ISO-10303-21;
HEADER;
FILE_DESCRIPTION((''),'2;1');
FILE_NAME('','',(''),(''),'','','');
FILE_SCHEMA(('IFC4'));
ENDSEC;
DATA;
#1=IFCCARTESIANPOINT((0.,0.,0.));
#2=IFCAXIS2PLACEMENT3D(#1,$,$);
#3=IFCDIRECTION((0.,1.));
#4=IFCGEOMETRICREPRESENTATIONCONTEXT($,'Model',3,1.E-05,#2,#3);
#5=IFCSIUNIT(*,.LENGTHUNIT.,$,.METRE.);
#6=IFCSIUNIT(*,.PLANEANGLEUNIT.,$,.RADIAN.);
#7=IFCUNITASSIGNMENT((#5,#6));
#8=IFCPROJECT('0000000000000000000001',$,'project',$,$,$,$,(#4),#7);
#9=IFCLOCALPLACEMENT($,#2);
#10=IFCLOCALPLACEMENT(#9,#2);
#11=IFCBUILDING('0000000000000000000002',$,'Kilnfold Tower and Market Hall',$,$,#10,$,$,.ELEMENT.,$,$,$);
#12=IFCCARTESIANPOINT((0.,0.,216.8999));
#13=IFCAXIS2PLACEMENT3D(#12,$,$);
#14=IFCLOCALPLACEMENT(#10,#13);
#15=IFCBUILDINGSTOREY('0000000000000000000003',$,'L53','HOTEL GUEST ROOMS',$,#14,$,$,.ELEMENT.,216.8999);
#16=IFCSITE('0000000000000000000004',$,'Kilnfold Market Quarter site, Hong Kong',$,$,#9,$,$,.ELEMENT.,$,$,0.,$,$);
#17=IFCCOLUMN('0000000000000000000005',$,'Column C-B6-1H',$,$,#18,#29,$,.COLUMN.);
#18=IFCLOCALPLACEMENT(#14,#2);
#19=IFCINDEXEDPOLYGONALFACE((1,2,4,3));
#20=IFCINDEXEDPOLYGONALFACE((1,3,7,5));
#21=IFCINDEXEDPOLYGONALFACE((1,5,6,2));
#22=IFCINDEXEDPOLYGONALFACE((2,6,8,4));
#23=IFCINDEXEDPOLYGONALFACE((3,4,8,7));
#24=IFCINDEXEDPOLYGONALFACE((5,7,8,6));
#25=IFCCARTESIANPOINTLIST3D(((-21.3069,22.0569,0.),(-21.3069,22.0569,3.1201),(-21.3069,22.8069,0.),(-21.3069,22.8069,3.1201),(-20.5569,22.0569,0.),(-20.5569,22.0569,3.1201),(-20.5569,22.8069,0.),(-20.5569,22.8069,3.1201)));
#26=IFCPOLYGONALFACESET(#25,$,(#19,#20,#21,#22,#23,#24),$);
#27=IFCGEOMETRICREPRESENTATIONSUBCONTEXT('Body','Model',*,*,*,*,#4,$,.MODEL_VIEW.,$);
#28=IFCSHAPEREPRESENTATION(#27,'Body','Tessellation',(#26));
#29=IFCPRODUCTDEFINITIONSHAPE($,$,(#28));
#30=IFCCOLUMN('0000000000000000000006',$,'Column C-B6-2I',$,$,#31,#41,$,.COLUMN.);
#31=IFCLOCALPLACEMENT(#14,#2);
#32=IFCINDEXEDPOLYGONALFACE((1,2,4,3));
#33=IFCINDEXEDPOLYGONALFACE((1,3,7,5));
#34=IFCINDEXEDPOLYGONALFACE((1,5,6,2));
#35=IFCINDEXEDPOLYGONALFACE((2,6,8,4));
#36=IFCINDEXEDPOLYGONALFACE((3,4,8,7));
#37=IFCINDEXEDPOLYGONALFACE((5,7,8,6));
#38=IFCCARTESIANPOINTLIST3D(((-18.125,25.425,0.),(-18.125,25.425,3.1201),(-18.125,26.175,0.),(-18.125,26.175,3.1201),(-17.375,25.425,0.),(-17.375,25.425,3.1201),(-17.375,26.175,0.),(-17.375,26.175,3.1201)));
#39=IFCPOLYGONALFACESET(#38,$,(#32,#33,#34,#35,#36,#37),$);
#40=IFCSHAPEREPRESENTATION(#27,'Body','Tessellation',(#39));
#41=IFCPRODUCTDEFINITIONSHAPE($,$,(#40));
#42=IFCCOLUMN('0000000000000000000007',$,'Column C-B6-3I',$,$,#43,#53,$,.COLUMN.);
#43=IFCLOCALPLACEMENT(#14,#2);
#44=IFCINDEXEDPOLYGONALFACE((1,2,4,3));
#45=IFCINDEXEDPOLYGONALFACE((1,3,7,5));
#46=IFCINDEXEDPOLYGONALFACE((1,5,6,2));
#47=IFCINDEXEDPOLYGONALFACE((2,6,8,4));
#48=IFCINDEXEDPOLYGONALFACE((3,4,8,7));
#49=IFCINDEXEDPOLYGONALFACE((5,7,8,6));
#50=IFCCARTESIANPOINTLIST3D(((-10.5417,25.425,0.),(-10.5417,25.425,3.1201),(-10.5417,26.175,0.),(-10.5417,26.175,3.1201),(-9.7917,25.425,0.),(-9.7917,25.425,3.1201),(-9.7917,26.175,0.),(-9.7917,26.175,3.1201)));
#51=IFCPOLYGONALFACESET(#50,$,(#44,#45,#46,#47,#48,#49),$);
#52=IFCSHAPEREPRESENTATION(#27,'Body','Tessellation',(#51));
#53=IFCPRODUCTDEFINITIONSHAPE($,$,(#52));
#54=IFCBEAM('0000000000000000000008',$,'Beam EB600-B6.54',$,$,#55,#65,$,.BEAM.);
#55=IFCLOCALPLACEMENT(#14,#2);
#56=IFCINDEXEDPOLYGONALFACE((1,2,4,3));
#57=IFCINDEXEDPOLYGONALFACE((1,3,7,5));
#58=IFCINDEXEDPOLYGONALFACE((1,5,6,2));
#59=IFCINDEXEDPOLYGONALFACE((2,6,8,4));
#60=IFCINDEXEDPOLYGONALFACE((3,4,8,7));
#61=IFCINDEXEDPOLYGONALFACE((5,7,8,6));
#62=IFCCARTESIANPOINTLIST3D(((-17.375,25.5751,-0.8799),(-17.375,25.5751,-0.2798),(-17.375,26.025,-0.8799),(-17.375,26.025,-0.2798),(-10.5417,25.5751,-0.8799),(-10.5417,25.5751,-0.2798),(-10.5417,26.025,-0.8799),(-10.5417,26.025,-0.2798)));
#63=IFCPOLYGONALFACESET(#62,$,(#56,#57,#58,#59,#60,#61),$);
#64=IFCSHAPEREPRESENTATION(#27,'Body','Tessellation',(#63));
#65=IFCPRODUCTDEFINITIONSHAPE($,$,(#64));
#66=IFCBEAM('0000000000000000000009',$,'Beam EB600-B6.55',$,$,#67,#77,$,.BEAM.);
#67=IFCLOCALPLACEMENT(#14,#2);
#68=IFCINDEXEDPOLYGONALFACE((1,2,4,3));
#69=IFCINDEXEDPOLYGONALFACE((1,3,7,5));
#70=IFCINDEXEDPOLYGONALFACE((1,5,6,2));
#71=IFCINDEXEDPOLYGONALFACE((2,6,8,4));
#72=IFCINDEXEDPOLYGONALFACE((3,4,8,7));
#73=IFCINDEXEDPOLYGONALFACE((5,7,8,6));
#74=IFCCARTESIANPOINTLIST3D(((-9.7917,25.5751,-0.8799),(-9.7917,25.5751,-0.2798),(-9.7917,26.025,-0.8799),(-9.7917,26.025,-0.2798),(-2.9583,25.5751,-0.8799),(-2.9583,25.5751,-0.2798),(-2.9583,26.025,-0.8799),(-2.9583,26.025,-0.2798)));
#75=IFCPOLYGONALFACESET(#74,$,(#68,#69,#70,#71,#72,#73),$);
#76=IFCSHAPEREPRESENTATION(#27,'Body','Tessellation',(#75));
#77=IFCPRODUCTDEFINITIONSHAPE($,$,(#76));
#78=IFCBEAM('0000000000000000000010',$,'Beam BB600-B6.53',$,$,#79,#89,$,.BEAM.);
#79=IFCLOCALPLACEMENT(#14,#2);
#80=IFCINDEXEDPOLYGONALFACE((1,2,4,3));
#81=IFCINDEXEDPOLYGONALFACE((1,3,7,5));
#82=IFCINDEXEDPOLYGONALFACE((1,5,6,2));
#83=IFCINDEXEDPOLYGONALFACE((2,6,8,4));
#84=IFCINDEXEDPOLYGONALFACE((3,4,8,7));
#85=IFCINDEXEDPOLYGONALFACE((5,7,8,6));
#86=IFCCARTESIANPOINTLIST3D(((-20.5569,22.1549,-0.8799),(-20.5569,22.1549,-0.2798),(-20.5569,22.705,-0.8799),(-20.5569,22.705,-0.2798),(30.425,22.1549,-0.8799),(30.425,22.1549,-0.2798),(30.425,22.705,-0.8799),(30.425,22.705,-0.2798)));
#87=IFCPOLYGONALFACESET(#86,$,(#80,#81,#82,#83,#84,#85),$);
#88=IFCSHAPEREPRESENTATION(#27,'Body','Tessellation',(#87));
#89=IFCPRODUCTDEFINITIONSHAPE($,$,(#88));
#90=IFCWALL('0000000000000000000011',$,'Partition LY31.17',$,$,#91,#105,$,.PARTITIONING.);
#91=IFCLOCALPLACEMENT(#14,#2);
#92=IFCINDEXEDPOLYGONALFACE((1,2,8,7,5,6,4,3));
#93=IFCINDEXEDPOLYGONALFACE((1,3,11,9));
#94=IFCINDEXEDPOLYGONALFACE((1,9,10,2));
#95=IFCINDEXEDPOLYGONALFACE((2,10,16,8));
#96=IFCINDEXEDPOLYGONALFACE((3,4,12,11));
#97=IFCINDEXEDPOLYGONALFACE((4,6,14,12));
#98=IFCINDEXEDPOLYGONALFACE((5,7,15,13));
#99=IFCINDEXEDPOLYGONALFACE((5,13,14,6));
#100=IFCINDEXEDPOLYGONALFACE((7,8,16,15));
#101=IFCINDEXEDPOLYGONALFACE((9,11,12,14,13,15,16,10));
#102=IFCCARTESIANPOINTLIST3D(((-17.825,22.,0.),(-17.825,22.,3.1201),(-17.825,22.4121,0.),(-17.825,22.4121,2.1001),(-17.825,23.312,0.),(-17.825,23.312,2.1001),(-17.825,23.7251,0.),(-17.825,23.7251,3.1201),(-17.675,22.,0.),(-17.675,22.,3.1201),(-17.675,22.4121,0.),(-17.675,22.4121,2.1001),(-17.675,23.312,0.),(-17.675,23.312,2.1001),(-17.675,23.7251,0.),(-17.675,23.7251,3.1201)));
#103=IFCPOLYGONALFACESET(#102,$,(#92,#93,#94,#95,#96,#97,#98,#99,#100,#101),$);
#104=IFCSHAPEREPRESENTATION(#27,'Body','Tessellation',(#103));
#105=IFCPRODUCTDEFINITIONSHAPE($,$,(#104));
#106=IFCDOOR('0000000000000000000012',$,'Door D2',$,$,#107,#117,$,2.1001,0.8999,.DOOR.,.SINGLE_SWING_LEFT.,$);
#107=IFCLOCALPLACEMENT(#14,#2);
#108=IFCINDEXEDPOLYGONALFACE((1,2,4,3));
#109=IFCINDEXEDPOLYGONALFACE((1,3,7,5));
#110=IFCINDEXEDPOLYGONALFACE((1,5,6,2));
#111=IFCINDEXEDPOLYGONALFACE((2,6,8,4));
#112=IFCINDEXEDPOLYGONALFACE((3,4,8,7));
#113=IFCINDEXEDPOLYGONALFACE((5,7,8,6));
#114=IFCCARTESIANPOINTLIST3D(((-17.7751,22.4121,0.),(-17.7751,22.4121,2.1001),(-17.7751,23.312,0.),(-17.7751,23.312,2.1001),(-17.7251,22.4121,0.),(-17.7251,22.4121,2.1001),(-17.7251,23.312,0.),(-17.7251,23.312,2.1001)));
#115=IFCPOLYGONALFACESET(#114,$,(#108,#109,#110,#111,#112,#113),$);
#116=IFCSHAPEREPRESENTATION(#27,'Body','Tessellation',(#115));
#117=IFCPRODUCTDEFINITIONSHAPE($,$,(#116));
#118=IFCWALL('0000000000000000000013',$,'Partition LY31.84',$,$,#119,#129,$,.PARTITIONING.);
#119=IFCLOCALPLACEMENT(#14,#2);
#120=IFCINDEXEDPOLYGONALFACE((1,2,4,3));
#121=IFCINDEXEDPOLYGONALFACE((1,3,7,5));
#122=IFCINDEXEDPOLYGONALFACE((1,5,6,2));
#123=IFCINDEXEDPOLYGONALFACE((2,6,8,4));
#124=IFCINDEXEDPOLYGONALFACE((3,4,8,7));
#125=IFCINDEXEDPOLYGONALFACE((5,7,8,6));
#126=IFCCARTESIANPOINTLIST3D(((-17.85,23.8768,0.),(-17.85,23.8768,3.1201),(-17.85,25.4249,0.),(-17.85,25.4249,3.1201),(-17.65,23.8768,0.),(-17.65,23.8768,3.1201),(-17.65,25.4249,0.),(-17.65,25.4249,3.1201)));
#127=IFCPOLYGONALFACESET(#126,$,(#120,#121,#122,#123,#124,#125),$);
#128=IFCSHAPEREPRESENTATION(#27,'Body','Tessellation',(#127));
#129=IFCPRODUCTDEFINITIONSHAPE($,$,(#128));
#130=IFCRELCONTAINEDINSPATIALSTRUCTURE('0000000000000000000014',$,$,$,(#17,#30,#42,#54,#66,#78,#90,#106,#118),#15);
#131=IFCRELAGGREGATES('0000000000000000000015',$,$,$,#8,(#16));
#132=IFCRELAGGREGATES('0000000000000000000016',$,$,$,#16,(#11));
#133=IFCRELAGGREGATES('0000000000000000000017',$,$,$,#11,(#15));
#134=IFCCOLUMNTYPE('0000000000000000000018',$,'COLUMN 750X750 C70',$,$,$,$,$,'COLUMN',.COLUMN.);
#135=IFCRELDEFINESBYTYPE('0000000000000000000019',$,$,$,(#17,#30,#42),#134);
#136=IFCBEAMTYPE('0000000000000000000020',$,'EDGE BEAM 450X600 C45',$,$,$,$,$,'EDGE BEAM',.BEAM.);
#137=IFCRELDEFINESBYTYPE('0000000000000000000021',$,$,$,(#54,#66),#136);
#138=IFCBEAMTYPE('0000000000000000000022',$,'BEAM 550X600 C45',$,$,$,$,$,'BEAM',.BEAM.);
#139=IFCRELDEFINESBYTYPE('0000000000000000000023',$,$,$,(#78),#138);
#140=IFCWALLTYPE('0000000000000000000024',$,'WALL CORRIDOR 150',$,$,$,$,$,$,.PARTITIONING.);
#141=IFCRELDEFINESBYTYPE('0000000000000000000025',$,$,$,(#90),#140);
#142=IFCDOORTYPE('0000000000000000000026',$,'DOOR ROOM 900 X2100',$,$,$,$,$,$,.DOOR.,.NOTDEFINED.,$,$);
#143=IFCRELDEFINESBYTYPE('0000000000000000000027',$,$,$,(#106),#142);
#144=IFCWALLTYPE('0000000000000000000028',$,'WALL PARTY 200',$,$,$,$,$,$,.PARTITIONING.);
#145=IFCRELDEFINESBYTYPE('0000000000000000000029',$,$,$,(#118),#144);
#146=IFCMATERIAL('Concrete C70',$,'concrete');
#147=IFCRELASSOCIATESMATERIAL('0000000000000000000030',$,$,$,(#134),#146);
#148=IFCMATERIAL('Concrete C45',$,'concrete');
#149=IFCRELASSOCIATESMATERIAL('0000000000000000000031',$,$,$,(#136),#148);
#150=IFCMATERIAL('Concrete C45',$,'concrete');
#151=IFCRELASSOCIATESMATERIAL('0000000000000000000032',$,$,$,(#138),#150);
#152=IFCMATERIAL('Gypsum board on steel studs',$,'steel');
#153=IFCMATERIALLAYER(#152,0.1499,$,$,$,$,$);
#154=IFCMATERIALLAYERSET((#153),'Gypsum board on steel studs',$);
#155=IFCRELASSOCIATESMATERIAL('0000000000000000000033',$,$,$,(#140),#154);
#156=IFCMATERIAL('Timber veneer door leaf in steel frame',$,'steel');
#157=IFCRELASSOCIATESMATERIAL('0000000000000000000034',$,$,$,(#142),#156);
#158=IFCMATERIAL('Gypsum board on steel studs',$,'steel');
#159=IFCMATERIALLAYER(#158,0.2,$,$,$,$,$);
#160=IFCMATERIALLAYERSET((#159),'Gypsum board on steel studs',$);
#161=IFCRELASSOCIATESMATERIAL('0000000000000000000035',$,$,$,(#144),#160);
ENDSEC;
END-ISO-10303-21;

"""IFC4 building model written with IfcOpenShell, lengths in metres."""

from ifc_helpers import new_model, si_unit, direction, frame, frame_2d, origin, origin_2d, place, context, subcontext, project, spatial, rectangle, extrude, source, transform, mapped, material, layer, layer_set, material_profile, profile_set, type_object, element, fill, save


model = new_model("IFC4")

# Units and contexts
model_context = context("Model", 3, precision=1e-05, world=origin(), true_north=direction((0.0, 1.0)))
body_context = subcontext(model_context, "Body", "Model", "MODEL_VIEW")
ifc_project = project(units=[si_unit("LENGTHUNIT", "METRE"), si_unit("PLANEANGLEUNIT", "RADIAN")], contexts=[model_context])

# Site, building, storey
site_placement = place(None, origin())
site = spatial("IfcSite", under=ifc_project, at=site_placement, Name="Kilnfold Market Quarter site, Hong Kong", CompositionType="ELEMENT", RefElevation=0.0)
building_placement = place(site_placement, origin())
building = spatial("IfcBuilding", under=site, at=building_placement, Name="Kilnfold Tower and Market Hall", CompositionType="ELEMENT")
storey_placement = place(building_placement, frame((0.0, 0.0, 216.8999)))
storey = spatial("IfcBuildingStorey", under=building, at=storey_placement, Name="L53", Description="HOTEL GUEST ROOMS", CompositionType="ELEMENT", Elevation=216.8999)

# Columns
ifc_material_1 = material(Name="Concrete C70", Category="concrete")
ifc_material_profile_1 = material_profile(ifc_material_1, rectangle(XDim=0.75, YDim=0.75, at=origin_2d()), Name="RC 750x750")
ifc_profile_set_1 = profile_set([ifc_material_profile_1], Name="Concrete C70")
column_type = type_object("IfcColumnType", Name="COLUMN 750X750 C70", ElementType="COLUMN", PredefinedType="COLUMN", material=ifc_profile_set_1)
shared_shape_1 = source(origin(), body_context, "Body", "SweptSolid", [
    extrude(rectangle(XDim=0.75, YDim=0.75, at=origin_2d()), origin(), (0.0, 0.0, 1.0), 3.1201),
])
for number, where, z_axis, x_axis, name in (
    (1, (-20.9319, 22.4319, 0.0), (0.0, 0.0, 1.0), (1.0, 0.0, 0.0), "Column C-B6-1H"),
    (2, (-17.75, 25.8, 0.0), (0.0, 0.0, 1.0), (1.0, 0.0, 0.0), "Column C-B6-2I"),
    (3, (-10.1667, 25.8, 0.0), (0.0, 0.0, 1.0), (1.0, 0.0, 0.0), "Column C-B6-3I"),
):
    element("IfcColumn", number, at=place(storey_placement, frame(where, z_axis=z_axis, x_axis=x_axis)), inside=storey, type_object=column_type, Name=name, PredefinedType="COLUMN", context=body_context, shape_type="MappedRepresentation", body=[
        mapped(shared_shape_1, transform((0.0, 0.0, 0.0))),
    ])

# Beams
ifc_material_2 = material(Name="Concrete C45", Category="concrete")
ifc_material_profile_2 = material_profile(ifc_material_2, rectangle(XDim=0.45, YDim=0.6001, at=origin_2d()), Name="RC 450x600")
ifc_profile_set_2 = profile_set([ifc_material_profile_2], Name="Concrete C45")
beam_type_1 = type_object("IfcBeamType", Name="EDGE BEAM 450X600 C45", ElementType="EDGE BEAM", PredefinedType="BEAM", material=ifc_profile_set_2)
shared_shape_2 = source(origin(), body_context, "Body", "SweptSolid", [
    extrude(rectangle(XDim=0.45, YDim=0.6001, at=origin_2d()), origin(), (0.0, 0.0, 1.0), 6.8333),
])
beam_1_placement = place(storey_placement, frame((-17.375, 25.8, -0.5798), z_axis=(1.0, 0.0, 0.0), x_axis=(0.0, 1.0, 0.0)))
element("IfcBeam", 4, at=beam_1_placement, inside=storey, type_object=beam_type_1, Name="Beam EB600-B6.54", PredefinedType="BEAM", context=body_context, shape_type="MappedRepresentation", body=[
    mapped(shared_shape_2, transform((0.0, 0.0, 0.0))),
])
shared_shape_3 = source(origin(), body_context, "Body", "SweptSolid", [
    extrude(rectangle(XDim=0.45, YDim=0.6001, at=origin_2d()), origin(), (0.0, 0.0, 1.0), 6.8335),
])
beam_2_placement = place(storey_placement, frame((-9.7917, 25.8, -0.5798), z_axis=(1.0, 0.0, 0.0), x_axis=(0.0, 1.0, 0.0)))
element("IfcBeam", 5, at=beam_2_placement, inside=storey, type_object=beam_type_1, Name="Beam EB600-B6.55", PredefinedType="BEAM", context=body_context, shape_type="MappedRepresentation", body=[
    mapped(shared_shape_3, transform((0.0, 0.0, 0.0))),
])
ifc_material_3 = material(Name="Concrete C45", Category="concrete")
ifc_material_profile_3 = material_profile(ifc_material_3, rectangle(XDim=0.55, YDim=0.6001, at=origin_2d()), Name="RC 550x600")
ifc_profile_set_3 = profile_set([ifc_material_profile_3], Name="Concrete C45")
beam_type_2 = type_object("IfcBeamType", Name="BEAM 550X600 C45", ElementType="BEAM", PredefinedType="BEAM", material=ifc_profile_set_3)
shared_shape_4 = source(origin(), body_context, "Body", "SweptSolid", [
    extrude(rectangle(XDim=0.55, YDim=0.6001, at=origin_2d()), origin(), (0.0, 0.0, 1.0), 50.9819),
])
beam_3_placement = place(storey_placement, frame((-20.5569, 22.4299, -0.5798), z_axis=(1.0, 0.0, 0.0), x_axis=(0.0, 1.0, 0.0)))
element("IfcBeam", 6, at=beam_3_placement, inside=storey, type_object=beam_type_2, Name="Beam BB600-B6.53", PredefinedType="BEAM", context=body_context, shape_type="MappedRepresentation", body=[
    mapped(shared_shape_4, transform((0.0, 0.0, 0.0))),
])

# Wall, opening, door
ifc_material_4 = material(Name="Gypsum board on steel studs", Category="steel")
ifc_layer_1 = layer(ifc_material_4, 0.1499)
ifc_layer_set_1 = layer_set([ifc_layer_1], Name="Gypsum board on steel studs")
wall_type_1 = type_object("IfcWallType", Name="WALL CORRIDOR 150", PredefinedType="PARTITIONING", material=ifc_layer_set_1)
wall_1_placement = place(storey_placement, frame((-17.75, 23.7251, 0.0), z_axis=(0.0, 0.0, 1.0), x_axis=(0.0, -1.0, 0.0)))
wall_1 = element("IfcWall", 7, at=wall_1_placement, inside=storey, type_object=wall_type_1, Name="Partition LY31.17", PredefinedType="PARTITIONING", context=body_context, shape_type="SweptSolid", body=[
    extrude(rectangle(XDim=1.7251, YDim=0.1499, at=frame_2d((0.8625, 0.0))), origin(), (0.0, 0.0, 1.0), 3.1201),
])
opening_1_placement = place(wall_1_placement, frame((0.4131, 0.0, 0.0)))
opening_1 = element("IfcOpeningElement", 8, at=opening_1_placement, cuts=wall_1, PredefinedType="OPENING", context=body_context, shape_type="SweptSolid", body=[
    extrude(rectangle(XDim=0.8999, YDim=2.1001, at=frame_2d((0.45, 1.05))), frame((0.0, 0.085, 0.0), z_axis=(0.0, -1.0, 0.0), x_axis=(1.0, 0.0, 0.0)), (0.0, 0.0, 1.0), 0.1699),
])
ifc_material_5 = material(Name="Timber veneer door leaf in steel frame", Category="steel")
door_type = type_object("IfcDoorType", Name="DOOR ROOM 900 X2100", OperationType="NOTDEFINED", PredefinedType="DOOR", material=ifc_material_5)
door_placement = place(opening_1_placement, origin())
door = element("IfcDoor", 9, at=door_placement, inside=storey, type_object=door_type, Name="Door D2", OperationType="SINGLE_SWING_LEFT", OverallHeight=2.1001, OverallWidth=0.8999, PredefinedType="DOOR", context=body_context, shape_type="SweptSolid", body=[
    extrude(rectangle(XDim=0.8999, YDim=2.1001, at=frame_2d((0.45, 1.05))), frame((0.0, 0.0249, 0.0), z_axis=(0.0, -1.0, 0.0), x_axis=(1.0, 0.0, 0.0)), (0.0, 0.0, 1.0), 0.05),
])
fill(opening_1, door)

# Wall
ifc_material_6 = material(Name="Gypsum board on steel studs", Category="steel")
ifc_layer_2 = layer(ifc_material_6, 0.2)
ifc_layer_set_2 = layer_set([ifc_layer_2], Name="Gypsum board on steel studs")
wall_type_2 = type_object("IfcWallType", Name="WALL PARTY 200", PredefinedType="PARTITIONING", material=ifc_layer_set_2)
wall_2_placement = place(storey_placement, frame((-17.75, 23.877, 0.0), z_axis=(0.0, 0.0, 1.0), x_axis=(0.0, 1.0, 0.0)))
element("IfcWall", 10, at=wall_2_placement, inside=storey, type_object=wall_type_2, Name="Partition LY31.84", PredefinedType="PARTITIONING", context=body_context, shape_type="SweptSolid", body=[
    extrude(rectangle(XDim=1.5481, YDim=0.2, at=frame_2d((0.7739, 0.0))), origin(), (0.0, 0.0, 1.0), 3.1201),
])

save(model, "model.ifc")
